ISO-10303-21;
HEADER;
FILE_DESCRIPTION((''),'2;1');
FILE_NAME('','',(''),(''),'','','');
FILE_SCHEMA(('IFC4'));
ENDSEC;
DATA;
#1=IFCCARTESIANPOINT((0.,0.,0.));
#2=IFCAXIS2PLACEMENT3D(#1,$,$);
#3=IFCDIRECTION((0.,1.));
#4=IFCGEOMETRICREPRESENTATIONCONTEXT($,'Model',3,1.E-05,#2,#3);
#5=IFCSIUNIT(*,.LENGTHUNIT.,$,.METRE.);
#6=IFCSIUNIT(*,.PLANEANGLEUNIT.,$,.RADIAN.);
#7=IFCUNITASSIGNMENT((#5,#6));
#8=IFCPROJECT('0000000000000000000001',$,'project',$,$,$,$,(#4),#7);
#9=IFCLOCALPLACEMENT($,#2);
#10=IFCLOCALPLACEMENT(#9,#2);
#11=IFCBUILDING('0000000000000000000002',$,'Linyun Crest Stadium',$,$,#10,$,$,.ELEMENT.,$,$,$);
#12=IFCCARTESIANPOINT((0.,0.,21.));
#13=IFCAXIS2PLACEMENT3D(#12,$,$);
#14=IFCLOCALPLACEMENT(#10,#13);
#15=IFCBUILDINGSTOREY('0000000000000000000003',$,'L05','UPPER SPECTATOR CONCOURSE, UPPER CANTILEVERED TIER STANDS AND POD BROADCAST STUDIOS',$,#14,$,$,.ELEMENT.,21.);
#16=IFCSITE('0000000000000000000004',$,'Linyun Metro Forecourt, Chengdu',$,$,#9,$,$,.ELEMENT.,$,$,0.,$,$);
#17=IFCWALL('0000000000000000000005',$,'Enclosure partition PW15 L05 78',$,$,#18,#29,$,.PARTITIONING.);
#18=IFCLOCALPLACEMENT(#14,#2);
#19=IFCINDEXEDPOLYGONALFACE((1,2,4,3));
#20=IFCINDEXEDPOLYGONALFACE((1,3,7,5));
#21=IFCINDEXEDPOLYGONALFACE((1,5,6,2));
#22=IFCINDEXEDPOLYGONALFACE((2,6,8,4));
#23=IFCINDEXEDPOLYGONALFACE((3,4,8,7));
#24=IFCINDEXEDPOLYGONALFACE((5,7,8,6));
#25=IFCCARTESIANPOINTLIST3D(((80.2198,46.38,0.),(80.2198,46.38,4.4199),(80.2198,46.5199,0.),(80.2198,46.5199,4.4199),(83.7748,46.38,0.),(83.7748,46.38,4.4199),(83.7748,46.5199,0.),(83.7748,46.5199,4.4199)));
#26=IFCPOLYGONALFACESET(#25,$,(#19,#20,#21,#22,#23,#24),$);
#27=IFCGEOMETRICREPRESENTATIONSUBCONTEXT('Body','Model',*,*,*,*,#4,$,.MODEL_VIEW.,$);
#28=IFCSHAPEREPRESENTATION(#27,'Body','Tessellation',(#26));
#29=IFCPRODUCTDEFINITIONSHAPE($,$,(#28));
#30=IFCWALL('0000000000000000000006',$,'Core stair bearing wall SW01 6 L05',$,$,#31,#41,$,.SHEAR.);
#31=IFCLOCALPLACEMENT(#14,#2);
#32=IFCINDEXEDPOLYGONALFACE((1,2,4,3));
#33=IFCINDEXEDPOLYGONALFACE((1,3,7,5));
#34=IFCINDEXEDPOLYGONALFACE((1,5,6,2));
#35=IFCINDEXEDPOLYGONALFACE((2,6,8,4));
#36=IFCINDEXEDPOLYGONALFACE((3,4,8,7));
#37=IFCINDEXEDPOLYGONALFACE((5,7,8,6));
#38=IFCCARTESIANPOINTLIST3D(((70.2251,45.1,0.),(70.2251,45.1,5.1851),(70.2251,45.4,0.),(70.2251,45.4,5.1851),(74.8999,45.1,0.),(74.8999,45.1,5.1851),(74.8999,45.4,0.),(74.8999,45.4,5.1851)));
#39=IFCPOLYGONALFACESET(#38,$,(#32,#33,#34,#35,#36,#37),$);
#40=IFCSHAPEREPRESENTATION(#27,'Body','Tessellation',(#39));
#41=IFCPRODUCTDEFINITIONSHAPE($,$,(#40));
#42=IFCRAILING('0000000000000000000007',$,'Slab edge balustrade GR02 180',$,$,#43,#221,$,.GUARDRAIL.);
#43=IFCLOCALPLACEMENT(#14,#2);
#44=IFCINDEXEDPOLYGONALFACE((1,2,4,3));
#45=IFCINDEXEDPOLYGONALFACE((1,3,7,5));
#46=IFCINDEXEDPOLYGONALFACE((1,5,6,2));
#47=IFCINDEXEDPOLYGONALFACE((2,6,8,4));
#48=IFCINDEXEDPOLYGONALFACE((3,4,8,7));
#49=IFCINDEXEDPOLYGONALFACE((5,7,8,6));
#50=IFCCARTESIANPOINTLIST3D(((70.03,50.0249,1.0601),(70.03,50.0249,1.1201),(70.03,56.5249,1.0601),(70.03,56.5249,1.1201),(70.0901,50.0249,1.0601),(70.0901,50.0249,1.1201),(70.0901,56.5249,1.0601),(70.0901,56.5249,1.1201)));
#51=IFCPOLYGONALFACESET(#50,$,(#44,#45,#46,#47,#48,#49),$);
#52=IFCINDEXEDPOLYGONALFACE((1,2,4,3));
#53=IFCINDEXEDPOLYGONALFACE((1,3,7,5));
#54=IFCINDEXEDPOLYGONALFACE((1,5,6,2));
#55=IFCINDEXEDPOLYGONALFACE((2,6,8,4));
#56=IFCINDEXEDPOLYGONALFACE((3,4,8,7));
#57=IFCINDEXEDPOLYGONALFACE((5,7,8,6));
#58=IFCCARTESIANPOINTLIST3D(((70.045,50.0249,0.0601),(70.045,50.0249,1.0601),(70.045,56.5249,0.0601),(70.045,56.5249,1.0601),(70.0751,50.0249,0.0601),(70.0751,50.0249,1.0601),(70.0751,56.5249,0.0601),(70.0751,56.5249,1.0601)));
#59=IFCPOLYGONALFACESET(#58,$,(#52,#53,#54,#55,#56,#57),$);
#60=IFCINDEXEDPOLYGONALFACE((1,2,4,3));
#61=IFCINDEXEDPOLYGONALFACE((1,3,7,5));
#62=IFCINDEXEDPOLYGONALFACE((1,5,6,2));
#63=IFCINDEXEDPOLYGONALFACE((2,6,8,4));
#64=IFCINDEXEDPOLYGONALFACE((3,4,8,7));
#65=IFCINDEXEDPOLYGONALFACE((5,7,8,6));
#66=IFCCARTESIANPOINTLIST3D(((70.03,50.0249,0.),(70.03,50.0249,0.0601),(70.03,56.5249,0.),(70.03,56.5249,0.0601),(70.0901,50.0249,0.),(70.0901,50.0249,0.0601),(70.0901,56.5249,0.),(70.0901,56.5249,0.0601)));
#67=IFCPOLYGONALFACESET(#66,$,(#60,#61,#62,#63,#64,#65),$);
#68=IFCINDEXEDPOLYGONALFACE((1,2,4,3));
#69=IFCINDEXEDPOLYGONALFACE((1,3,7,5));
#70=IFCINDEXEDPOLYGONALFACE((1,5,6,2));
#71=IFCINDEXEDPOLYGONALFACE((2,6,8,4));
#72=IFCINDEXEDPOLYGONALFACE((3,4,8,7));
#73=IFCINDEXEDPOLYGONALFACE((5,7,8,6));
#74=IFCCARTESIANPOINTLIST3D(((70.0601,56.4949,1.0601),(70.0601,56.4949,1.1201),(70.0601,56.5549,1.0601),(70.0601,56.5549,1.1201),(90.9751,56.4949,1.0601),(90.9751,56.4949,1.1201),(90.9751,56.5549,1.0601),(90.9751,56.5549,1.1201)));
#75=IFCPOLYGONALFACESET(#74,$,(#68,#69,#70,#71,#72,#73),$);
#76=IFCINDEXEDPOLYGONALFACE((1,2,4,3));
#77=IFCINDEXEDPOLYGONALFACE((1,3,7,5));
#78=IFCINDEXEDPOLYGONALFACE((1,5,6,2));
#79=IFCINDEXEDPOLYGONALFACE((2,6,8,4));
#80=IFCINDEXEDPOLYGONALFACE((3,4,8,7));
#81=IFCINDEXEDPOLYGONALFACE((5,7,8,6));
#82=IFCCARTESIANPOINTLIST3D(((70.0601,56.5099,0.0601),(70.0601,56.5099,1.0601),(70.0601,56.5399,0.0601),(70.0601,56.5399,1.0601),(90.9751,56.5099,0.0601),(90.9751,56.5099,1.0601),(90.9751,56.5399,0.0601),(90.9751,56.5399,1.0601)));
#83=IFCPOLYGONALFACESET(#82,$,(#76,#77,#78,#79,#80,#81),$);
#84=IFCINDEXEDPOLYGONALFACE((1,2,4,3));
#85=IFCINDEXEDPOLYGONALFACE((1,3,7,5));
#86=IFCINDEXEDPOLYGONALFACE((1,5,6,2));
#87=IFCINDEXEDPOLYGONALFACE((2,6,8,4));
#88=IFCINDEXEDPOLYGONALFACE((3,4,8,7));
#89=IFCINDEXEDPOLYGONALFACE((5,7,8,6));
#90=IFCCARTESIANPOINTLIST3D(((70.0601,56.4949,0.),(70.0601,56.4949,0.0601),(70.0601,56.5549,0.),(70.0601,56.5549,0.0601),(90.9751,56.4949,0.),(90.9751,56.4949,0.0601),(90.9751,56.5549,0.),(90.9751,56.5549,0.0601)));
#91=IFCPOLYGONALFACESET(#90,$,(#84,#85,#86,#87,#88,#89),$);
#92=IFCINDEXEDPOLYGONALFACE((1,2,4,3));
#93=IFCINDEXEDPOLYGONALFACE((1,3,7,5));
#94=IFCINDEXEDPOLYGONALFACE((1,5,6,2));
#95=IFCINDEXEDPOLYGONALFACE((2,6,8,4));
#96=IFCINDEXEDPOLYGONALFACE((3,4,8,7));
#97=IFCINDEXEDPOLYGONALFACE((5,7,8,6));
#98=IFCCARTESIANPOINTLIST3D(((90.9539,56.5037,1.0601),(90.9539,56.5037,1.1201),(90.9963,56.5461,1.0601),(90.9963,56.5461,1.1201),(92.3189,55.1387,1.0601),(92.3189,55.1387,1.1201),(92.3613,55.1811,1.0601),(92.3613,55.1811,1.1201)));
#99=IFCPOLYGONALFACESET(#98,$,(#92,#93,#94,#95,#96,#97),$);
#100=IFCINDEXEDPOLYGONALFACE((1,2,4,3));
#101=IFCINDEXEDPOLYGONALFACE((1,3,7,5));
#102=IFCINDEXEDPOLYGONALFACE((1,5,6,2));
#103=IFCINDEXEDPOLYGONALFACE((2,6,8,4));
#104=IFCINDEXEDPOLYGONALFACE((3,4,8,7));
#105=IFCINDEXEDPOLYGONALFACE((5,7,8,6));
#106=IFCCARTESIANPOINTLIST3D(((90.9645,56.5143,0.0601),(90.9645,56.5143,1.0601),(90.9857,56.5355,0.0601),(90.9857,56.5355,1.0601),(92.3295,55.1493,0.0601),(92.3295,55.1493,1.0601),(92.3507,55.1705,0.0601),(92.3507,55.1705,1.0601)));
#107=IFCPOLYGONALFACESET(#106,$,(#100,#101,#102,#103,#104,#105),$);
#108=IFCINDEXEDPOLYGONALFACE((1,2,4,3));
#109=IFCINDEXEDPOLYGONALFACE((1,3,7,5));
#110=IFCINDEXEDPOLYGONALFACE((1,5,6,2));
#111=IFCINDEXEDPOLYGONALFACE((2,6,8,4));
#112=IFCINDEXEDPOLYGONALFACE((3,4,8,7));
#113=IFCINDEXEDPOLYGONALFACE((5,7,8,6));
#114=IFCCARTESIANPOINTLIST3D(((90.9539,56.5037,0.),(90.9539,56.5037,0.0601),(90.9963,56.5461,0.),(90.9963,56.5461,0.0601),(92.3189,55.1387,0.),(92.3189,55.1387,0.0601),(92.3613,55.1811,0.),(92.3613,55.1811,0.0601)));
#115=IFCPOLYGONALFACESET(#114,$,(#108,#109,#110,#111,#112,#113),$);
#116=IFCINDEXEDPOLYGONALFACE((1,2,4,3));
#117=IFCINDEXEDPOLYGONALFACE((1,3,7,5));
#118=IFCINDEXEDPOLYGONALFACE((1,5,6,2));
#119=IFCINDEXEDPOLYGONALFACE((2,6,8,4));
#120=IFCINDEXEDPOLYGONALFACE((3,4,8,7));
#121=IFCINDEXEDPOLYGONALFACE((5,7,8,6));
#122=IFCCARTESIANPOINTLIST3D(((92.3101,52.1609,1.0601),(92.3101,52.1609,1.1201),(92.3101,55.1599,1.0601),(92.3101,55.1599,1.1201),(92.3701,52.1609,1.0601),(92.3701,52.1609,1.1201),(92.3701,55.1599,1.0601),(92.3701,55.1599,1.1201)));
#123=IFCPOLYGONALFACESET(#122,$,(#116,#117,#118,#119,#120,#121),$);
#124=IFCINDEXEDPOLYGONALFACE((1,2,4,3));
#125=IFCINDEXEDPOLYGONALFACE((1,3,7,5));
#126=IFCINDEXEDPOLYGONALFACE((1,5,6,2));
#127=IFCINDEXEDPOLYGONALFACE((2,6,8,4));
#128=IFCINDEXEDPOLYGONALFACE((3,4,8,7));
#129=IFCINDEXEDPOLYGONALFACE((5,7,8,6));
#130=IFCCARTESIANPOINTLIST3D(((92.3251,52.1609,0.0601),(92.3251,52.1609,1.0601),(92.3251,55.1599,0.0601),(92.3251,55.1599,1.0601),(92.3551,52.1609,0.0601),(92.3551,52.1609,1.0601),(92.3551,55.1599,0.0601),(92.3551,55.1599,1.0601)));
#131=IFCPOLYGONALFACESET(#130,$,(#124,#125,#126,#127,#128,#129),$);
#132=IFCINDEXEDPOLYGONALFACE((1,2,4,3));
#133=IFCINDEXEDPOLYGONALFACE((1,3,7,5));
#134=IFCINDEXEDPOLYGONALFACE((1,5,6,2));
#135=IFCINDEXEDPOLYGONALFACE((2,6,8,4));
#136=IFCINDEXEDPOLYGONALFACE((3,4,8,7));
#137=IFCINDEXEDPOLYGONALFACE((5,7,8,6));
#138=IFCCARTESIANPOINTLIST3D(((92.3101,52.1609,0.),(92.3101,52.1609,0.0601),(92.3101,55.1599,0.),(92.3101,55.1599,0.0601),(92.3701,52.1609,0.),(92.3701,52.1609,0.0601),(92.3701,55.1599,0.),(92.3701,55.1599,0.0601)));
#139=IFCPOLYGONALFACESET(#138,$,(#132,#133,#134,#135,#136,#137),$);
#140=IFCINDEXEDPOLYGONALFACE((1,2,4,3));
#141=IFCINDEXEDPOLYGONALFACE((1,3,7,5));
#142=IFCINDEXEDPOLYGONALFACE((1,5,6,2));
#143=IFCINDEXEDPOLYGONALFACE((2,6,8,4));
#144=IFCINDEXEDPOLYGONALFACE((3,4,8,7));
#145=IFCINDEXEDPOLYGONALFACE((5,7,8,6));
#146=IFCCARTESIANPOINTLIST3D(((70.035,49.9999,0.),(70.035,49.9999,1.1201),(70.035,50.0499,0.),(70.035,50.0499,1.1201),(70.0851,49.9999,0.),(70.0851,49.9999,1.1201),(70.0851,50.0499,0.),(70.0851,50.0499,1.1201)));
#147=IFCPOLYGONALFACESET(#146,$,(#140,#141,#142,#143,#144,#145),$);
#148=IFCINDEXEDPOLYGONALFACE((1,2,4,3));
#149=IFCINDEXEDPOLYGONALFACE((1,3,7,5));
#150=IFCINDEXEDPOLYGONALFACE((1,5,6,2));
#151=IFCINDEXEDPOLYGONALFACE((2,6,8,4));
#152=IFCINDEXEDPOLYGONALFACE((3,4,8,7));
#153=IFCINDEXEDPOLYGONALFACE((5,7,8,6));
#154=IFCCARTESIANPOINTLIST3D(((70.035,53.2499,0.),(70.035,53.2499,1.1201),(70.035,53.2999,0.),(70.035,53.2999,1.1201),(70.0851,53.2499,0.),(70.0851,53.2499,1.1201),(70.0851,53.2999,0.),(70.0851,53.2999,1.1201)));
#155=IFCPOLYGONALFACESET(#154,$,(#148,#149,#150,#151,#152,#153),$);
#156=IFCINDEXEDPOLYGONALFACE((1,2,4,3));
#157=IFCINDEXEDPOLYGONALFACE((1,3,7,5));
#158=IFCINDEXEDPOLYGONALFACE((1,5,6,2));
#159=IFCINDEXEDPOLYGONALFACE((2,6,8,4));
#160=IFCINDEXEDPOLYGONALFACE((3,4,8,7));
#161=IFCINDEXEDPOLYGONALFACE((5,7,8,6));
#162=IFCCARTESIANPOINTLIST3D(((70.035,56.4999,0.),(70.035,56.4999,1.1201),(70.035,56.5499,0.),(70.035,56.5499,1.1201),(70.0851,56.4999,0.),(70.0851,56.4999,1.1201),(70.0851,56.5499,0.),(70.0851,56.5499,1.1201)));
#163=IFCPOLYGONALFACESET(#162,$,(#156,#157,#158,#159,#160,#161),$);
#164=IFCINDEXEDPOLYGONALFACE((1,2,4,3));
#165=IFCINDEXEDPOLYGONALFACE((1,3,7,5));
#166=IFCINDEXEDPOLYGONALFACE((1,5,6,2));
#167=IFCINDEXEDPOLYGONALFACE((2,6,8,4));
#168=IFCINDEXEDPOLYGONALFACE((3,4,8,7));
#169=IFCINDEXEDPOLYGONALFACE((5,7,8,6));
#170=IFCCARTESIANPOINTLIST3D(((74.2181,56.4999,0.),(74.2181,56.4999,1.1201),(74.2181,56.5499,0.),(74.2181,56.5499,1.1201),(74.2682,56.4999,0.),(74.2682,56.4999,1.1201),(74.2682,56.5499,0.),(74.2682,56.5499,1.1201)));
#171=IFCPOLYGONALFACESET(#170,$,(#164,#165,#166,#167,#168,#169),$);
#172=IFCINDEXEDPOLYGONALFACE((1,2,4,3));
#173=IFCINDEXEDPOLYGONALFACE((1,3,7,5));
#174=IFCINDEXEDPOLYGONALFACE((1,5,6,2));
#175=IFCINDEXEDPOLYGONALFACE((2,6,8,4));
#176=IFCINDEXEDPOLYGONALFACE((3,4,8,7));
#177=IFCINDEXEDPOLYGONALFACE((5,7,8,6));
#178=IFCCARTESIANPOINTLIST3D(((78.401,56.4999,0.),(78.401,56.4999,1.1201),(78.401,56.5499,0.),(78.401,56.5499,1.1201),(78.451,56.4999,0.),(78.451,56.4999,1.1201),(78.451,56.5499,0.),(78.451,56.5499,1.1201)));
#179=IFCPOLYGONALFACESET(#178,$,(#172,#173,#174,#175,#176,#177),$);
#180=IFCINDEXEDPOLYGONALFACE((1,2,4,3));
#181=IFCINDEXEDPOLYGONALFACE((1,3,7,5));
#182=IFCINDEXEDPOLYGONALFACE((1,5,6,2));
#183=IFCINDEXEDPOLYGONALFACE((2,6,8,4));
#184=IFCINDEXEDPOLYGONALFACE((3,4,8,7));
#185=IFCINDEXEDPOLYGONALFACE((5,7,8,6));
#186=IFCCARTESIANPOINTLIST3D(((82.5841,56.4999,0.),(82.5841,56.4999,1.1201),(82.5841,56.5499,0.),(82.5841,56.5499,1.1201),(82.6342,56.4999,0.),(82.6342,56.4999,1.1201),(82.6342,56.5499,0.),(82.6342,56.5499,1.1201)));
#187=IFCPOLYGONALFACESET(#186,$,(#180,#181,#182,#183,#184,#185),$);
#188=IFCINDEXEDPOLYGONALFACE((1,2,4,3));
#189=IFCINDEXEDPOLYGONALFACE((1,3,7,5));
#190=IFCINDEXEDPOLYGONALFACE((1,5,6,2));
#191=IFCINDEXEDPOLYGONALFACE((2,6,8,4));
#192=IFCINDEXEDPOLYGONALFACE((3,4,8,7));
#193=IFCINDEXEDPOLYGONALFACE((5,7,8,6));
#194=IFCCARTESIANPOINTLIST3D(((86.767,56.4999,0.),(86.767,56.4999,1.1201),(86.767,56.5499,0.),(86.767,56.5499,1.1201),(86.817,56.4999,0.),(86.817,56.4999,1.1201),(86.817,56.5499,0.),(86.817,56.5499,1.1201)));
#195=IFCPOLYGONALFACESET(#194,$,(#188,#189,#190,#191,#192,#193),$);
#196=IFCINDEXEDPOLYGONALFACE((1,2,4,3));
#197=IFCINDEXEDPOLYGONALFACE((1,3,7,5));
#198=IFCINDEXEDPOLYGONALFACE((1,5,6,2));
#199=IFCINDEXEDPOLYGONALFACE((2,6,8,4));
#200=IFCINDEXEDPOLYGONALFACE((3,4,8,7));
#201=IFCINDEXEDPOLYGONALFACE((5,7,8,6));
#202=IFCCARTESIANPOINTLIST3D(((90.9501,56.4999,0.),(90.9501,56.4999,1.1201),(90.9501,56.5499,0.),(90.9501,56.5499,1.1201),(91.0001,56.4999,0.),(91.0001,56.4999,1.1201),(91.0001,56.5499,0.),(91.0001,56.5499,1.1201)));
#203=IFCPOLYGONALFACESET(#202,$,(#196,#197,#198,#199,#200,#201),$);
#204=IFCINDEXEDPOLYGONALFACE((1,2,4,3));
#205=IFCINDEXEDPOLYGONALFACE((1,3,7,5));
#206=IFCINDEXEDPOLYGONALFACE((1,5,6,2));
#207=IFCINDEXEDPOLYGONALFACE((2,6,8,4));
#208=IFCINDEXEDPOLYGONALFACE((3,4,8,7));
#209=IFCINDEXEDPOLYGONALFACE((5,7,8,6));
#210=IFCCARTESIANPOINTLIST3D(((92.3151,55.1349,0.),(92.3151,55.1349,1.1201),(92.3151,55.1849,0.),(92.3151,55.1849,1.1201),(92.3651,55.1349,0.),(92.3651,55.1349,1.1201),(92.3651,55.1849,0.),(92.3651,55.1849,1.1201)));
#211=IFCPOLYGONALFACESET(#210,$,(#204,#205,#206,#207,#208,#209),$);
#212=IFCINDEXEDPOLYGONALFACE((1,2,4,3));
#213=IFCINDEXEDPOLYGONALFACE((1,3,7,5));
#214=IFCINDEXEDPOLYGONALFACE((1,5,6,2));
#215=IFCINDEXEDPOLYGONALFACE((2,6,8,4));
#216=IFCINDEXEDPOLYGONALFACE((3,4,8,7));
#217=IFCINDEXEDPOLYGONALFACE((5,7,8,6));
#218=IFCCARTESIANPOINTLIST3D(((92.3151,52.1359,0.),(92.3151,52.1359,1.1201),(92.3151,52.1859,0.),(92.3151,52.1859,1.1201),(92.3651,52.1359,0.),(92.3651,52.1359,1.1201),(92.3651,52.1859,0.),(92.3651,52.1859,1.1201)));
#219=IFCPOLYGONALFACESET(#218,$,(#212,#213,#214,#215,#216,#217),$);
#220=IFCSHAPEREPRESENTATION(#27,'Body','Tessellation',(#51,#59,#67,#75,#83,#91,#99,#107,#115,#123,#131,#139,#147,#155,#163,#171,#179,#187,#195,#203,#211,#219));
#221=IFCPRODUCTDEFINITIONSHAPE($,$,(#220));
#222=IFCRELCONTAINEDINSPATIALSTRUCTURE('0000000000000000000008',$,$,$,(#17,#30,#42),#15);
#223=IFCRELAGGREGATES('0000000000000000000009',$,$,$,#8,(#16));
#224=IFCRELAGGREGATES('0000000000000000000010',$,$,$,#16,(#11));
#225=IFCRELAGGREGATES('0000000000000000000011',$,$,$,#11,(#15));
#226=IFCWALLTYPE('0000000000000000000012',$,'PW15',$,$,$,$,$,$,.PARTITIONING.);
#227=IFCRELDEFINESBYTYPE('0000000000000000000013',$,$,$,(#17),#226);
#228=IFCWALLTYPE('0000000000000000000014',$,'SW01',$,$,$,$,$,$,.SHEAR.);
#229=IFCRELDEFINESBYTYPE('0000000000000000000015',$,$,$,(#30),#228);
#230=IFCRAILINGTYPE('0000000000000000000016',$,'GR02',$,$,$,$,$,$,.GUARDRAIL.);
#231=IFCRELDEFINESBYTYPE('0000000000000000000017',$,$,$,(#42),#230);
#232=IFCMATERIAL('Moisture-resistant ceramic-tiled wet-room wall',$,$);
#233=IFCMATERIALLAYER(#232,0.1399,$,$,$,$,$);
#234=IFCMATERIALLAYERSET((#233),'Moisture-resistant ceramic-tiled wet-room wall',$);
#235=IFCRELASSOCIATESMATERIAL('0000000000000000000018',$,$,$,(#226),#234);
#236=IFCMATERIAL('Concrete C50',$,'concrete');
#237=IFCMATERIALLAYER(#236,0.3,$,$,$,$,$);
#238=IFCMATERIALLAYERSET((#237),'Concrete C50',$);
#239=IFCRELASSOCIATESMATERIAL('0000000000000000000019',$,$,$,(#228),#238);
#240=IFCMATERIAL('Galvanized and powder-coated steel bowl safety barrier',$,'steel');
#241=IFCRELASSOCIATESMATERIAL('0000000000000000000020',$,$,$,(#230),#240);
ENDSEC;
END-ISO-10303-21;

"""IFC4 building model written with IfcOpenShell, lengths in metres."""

from ifc_helpers import new_model, si_unit, direction, frame, frame_2d, origin, origin_2d, place, context, subcontext, project, spatial, rectangle, extrude, material, layer, layer_set, type_object, element, save


model = new_model("IFC4")

# Units and contexts
model_context = context("Model", 3, precision=1e-05, world=origin(), true_north=direction((0.0, 1.0)))
body_context = subcontext(model_context, "Body", "Model", "MODEL_VIEW")
ifc_project = project(units=[si_unit("LENGTHUNIT", "METRE"), si_unit("PLANEANGLEUNIT", "RADIAN")], contexts=[model_context])

# Site, building, storey
site_placement = place(None, origin())
site = spatial("IfcSite", under=ifc_project, at=site_placement, Name="Linyun Metro Forecourt, Chengdu", CompositionType="ELEMENT", RefElevation=0.0)
building_placement = place(site_placement, origin())
building = spatial("IfcBuilding", under=site, at=building_placement, Name="Linyun Crest Stadium", CompositionType="ELEMENT")
storey_placement = place(building_placement, frame((0.0, 0.0, 21.0)))
storey = spatial("IfcBuildingStorey", under=building, at=storey_placement, Name="L05", Description="UPPER SPECTATOR CONCOURSE, UPPER CANTILEVERED TIER STANDS AND POD BROADCAST STUDIOS", CompositionType="ELEMENT", Elevation=21.0)

# Shared definitions
ifc_material_1 = material(Name="Moisture-resistant ceramic-tiled wet-room wall")
ifc_layer_1 = layer(ifc_material_1, 0.1399)
ifc_layer_set_1 = layer_set([ifc_layer_1], Name="Moisture-resistant ceramic-tiled wet-room wall")
wall_type_1 = type_object("IfcWallType", Name="PW15", PredefinedType="PARTITIONING", material=ifc_layer_set_1)

# Walls
wall_1_placement = place(storey_placement, frame((80.22, 46.45, 0.0), z_axis=(0.0, 0.0, 1.0), x_axis=(1.0, 0.0, 0.0)))
element("IfcWall", 1, at=wall_1_placement, inside=storey, type_object=wall_type_1, Name="Enclosure partition PW15 L05 78", PredefinedType="PARTITIONING", context=body_context, shape_type="SweptSolid", body=[
    extrude(rectangle(XDim=3.5549, YDim=0.1399, at=frame_2d((1.7773, 0.0))), origin(), (0.0, 0.0, 1.0), 4.4199),
])
ifc_material_2 = material(Name="Concrete C50", Category="concrete")
ifc_layer_2 = layer(ifc_material_2, 0.3)
ifc_layer_set_2 = layer_set([ifc_layer_2], Name="Concrete C50")
wall_type_2 = type_object("IfcWallType", Name="SW01", PredefinedType="SHEAR", material=ifc_layer_set_2)
wall_2_placement = place(storey_placement, frame((70.2251, 45.25, 0.0), z_axis=(0.0, 0.0, 1.0), x_axis=(1.0, 0.0, 0.0)))
element("IfcWall", 2, at=wall_2_placement, inside=storey, type_object=wall_type_2, Name="Core stair bearing wall SW01 6 L05", PredefinedType="SHEAR", context=body_context, shape_type="SweptSolid", body=[
    extrude(rectangle(XDim=4.6748, YDim=0.3, at=frame_2d((2.3374, 0.0))), origin(), (0.0, 0.0, 1.0), 5.1851),
])

# Railing
ifc_material_3 = material(Name="Galvanized and powder-coated steel bowl safety barrier", Category="steel")
railing_type_1 = type_object("IfcRailingType", Name="GR02", PredefinedType="GUARDRAIL", material=ifc_material_3)
railing_1_placement = place(storey_placement, frame((70.0601, 50.0249, 0.0)))
element("IfcRailing", 3, at=railing_1_placement, inside=storey, type_object=railing_type_1, Name="Slab edge balustrade GR02 180", PredefinedType="GUARDRAIL", context=body_context, shape_type="SweptSolid", body=[
    extrude(rectangle(XDim=0.0601, YDim=0.0601, at=origin_2d()), frame((0.0, 0.0, 1.0901), z_axis=(0.0, 1.0, 0.0), x_axis=(-1.0, 0.0, 0.0)), (0.0, 0.0, 1.0), 6.5),
    extrude(rectangle(XDim=0.03, YDim=1.0, at=origin_2d()), frame((0.0, 0.0, 0.5601), z_axis=(0.0, 1.0, 0.0), x_axis=(-1.0, 0.0, 0.0)), (0.0, 0.0, 1.0), 6.5),
    extrude(rectangle(XDim=0.0601, YDim=0.0601, at=origin_2d()), frame((0.0, 0.0, 0.03), z_axis=(0.0, 1.0, 0.0), x_axis=(-1.0, 0.0, 0.0)), (0.0, 0.0, 1.0), 6.5),
    extrude(rectangle(XDim=0.0601, YDim=0.0601, at=origin_2d()), frame((0.0, 6.5, 1.0901), z_axis=(1.0, 0.0, 0.0), x_axis=(0.0, 1.0, 0.0)), (0.0, 0.0, 1.0), 20.915),
    extrude(rectangle(XDim=0.03, YDim=1.0, at=origin_2d()), frame((0.0, 6.5, 0.5601), z_axis=(1.0, 0.0, 0.0), x_axis=(0.0, 1.0, 0.0)), (0.0, 0.0, 1.0), 20.915),
    extrude(rectangle(XDim=0.0601, YDim=0.0601, at=origin_2d()), frame((0.0, 6.5, 0.03), z_axis=(1.0, 0.0, 0.0), x_axis=(0.0, 1.0, 0.0)), (0.0, 0.0, 1.0), 20.915),
    extrude(rectangle(XDim=0.0601, YDim=0.0601, at=origin_2d()), frame((20.915, 6.5, 1.0901), z_axis=(0.707107, -0.707107, 0.0), x_axis=(0.707107, 0.707107, 0.0)), (0.0, 0.0, 1.0), 1.9304),
    extrude(rectangle(XDim=0.03, YDim=1.0, at=origin_2d()), frame((20.915, 6.5, 0.5601), z_axis=(0.707107, -0.707107, 0.0), x_axis=(0.707107, 0.707107, 0.0)), (0.0, 0.0, 1.0), 1.9304),
    extrude(rectangle(XDim=0.0601, YDim=0.0601, at=origin_2d()), frame((20.915, 6.5, 0.03), z_axis=(0.707107, -0.707107, 0.0), x_axis=(0.707107, 0.707107, 0.0)), (0.0, 0.0, 1.0), 1.9304),
    extrude(rectangle(XDim=0.0601, YDim=0.0601, at=origin_2d()), frame((22.28, 5.135, 1.0901), z_axis=(0.0, -1.0, 0.0), x_axis=(1.0, 0.0, 0.0)), (0.0, 0.0, 1.0), 2.999),
    extrude(rectangle(XDim=0.03, YDim=1.0, at=origin_2d()), frame((22.28, 5.135, 0.5601), z_axis=(0.0, -1.0, 0.0), x_axis=(1.0, 0.0, 0.0)), (0.0, 0.0, 1.0), 2.999),
    extrude(rectangle(XDim=0.0601, YDim=0.0601, at=origin_2d()), frame((22.28, 5.135, 0.03), z_axis=(0.0, -1.0, 0.0), x_axis=(1.0, 0.0, 0.0)), (0.0, 0.0, 1.0), 2.999),
    extrude(rectangle(XDim=0.05, YDim=0.05, at=origin_2d()), origin(), (0.0, 0.0, 1.0), 1.1201),
    extrude(rectangle(XDim=0.05, YDim=0.05, at=origin_2d()), frame((0.0, 3.25, 0.0)), (0.0, 0.0, 1.0), 1.1201),
    extrude(rectangle(XDim=0.05, YDim=0.05, at=origin_2d()), frame((0.0, 6.5, 0.0)), (0.0, 0.0, 1.0), 1.1201),
    extrude(rectangle(XDim=0.05, YDim=0.05, at=origin_2d()), frame((4.1831, 6.5, 0.0)), (0.0, 0.0, 1.0), 1.1201),
    extrude(rectangle(XDim=0.05, YDim=0.05, at=origin_2d()), frame((8.366, 6.5, 0.0)), (0.0, 0.0, 1.0), 1.1201),
    extrude(rectangle(XDim=0.05, YDim=0.05, at=origin_2d()), frame((12.5491, 6.5, 0.0)), (0.0, 0.0, 1.0), 1.1201),
    extrude(rectangle(XDim=0.05, YDim=0.05, at=origin_2d()), frame((16.7319, 6.5, 0.0)), (0.0, 0.0, 1.0), 1.1201),
    extrude(rectangle(XDim=0.05, YDim=0.05, at=origin_2d()), frame((20.915, 6.5, 0.0)), (0.0, 0.0, 1.0), 1.1201),
    extrude(rectangle(XDim=0.05, YDim=0.05, at=origin_2d()), frame((22.28, 5.135, 0.0)), (0.0, 0.0, 1.0), 1.1201),
    extrude(rectangle(XDim=0.05, YDim=0.05, at=origin_2d()), frame((22.28, 2.136, 0.0)), (0.0, 0.0, 1.0), 1.1201),
])

save(model, "model.ifc")
